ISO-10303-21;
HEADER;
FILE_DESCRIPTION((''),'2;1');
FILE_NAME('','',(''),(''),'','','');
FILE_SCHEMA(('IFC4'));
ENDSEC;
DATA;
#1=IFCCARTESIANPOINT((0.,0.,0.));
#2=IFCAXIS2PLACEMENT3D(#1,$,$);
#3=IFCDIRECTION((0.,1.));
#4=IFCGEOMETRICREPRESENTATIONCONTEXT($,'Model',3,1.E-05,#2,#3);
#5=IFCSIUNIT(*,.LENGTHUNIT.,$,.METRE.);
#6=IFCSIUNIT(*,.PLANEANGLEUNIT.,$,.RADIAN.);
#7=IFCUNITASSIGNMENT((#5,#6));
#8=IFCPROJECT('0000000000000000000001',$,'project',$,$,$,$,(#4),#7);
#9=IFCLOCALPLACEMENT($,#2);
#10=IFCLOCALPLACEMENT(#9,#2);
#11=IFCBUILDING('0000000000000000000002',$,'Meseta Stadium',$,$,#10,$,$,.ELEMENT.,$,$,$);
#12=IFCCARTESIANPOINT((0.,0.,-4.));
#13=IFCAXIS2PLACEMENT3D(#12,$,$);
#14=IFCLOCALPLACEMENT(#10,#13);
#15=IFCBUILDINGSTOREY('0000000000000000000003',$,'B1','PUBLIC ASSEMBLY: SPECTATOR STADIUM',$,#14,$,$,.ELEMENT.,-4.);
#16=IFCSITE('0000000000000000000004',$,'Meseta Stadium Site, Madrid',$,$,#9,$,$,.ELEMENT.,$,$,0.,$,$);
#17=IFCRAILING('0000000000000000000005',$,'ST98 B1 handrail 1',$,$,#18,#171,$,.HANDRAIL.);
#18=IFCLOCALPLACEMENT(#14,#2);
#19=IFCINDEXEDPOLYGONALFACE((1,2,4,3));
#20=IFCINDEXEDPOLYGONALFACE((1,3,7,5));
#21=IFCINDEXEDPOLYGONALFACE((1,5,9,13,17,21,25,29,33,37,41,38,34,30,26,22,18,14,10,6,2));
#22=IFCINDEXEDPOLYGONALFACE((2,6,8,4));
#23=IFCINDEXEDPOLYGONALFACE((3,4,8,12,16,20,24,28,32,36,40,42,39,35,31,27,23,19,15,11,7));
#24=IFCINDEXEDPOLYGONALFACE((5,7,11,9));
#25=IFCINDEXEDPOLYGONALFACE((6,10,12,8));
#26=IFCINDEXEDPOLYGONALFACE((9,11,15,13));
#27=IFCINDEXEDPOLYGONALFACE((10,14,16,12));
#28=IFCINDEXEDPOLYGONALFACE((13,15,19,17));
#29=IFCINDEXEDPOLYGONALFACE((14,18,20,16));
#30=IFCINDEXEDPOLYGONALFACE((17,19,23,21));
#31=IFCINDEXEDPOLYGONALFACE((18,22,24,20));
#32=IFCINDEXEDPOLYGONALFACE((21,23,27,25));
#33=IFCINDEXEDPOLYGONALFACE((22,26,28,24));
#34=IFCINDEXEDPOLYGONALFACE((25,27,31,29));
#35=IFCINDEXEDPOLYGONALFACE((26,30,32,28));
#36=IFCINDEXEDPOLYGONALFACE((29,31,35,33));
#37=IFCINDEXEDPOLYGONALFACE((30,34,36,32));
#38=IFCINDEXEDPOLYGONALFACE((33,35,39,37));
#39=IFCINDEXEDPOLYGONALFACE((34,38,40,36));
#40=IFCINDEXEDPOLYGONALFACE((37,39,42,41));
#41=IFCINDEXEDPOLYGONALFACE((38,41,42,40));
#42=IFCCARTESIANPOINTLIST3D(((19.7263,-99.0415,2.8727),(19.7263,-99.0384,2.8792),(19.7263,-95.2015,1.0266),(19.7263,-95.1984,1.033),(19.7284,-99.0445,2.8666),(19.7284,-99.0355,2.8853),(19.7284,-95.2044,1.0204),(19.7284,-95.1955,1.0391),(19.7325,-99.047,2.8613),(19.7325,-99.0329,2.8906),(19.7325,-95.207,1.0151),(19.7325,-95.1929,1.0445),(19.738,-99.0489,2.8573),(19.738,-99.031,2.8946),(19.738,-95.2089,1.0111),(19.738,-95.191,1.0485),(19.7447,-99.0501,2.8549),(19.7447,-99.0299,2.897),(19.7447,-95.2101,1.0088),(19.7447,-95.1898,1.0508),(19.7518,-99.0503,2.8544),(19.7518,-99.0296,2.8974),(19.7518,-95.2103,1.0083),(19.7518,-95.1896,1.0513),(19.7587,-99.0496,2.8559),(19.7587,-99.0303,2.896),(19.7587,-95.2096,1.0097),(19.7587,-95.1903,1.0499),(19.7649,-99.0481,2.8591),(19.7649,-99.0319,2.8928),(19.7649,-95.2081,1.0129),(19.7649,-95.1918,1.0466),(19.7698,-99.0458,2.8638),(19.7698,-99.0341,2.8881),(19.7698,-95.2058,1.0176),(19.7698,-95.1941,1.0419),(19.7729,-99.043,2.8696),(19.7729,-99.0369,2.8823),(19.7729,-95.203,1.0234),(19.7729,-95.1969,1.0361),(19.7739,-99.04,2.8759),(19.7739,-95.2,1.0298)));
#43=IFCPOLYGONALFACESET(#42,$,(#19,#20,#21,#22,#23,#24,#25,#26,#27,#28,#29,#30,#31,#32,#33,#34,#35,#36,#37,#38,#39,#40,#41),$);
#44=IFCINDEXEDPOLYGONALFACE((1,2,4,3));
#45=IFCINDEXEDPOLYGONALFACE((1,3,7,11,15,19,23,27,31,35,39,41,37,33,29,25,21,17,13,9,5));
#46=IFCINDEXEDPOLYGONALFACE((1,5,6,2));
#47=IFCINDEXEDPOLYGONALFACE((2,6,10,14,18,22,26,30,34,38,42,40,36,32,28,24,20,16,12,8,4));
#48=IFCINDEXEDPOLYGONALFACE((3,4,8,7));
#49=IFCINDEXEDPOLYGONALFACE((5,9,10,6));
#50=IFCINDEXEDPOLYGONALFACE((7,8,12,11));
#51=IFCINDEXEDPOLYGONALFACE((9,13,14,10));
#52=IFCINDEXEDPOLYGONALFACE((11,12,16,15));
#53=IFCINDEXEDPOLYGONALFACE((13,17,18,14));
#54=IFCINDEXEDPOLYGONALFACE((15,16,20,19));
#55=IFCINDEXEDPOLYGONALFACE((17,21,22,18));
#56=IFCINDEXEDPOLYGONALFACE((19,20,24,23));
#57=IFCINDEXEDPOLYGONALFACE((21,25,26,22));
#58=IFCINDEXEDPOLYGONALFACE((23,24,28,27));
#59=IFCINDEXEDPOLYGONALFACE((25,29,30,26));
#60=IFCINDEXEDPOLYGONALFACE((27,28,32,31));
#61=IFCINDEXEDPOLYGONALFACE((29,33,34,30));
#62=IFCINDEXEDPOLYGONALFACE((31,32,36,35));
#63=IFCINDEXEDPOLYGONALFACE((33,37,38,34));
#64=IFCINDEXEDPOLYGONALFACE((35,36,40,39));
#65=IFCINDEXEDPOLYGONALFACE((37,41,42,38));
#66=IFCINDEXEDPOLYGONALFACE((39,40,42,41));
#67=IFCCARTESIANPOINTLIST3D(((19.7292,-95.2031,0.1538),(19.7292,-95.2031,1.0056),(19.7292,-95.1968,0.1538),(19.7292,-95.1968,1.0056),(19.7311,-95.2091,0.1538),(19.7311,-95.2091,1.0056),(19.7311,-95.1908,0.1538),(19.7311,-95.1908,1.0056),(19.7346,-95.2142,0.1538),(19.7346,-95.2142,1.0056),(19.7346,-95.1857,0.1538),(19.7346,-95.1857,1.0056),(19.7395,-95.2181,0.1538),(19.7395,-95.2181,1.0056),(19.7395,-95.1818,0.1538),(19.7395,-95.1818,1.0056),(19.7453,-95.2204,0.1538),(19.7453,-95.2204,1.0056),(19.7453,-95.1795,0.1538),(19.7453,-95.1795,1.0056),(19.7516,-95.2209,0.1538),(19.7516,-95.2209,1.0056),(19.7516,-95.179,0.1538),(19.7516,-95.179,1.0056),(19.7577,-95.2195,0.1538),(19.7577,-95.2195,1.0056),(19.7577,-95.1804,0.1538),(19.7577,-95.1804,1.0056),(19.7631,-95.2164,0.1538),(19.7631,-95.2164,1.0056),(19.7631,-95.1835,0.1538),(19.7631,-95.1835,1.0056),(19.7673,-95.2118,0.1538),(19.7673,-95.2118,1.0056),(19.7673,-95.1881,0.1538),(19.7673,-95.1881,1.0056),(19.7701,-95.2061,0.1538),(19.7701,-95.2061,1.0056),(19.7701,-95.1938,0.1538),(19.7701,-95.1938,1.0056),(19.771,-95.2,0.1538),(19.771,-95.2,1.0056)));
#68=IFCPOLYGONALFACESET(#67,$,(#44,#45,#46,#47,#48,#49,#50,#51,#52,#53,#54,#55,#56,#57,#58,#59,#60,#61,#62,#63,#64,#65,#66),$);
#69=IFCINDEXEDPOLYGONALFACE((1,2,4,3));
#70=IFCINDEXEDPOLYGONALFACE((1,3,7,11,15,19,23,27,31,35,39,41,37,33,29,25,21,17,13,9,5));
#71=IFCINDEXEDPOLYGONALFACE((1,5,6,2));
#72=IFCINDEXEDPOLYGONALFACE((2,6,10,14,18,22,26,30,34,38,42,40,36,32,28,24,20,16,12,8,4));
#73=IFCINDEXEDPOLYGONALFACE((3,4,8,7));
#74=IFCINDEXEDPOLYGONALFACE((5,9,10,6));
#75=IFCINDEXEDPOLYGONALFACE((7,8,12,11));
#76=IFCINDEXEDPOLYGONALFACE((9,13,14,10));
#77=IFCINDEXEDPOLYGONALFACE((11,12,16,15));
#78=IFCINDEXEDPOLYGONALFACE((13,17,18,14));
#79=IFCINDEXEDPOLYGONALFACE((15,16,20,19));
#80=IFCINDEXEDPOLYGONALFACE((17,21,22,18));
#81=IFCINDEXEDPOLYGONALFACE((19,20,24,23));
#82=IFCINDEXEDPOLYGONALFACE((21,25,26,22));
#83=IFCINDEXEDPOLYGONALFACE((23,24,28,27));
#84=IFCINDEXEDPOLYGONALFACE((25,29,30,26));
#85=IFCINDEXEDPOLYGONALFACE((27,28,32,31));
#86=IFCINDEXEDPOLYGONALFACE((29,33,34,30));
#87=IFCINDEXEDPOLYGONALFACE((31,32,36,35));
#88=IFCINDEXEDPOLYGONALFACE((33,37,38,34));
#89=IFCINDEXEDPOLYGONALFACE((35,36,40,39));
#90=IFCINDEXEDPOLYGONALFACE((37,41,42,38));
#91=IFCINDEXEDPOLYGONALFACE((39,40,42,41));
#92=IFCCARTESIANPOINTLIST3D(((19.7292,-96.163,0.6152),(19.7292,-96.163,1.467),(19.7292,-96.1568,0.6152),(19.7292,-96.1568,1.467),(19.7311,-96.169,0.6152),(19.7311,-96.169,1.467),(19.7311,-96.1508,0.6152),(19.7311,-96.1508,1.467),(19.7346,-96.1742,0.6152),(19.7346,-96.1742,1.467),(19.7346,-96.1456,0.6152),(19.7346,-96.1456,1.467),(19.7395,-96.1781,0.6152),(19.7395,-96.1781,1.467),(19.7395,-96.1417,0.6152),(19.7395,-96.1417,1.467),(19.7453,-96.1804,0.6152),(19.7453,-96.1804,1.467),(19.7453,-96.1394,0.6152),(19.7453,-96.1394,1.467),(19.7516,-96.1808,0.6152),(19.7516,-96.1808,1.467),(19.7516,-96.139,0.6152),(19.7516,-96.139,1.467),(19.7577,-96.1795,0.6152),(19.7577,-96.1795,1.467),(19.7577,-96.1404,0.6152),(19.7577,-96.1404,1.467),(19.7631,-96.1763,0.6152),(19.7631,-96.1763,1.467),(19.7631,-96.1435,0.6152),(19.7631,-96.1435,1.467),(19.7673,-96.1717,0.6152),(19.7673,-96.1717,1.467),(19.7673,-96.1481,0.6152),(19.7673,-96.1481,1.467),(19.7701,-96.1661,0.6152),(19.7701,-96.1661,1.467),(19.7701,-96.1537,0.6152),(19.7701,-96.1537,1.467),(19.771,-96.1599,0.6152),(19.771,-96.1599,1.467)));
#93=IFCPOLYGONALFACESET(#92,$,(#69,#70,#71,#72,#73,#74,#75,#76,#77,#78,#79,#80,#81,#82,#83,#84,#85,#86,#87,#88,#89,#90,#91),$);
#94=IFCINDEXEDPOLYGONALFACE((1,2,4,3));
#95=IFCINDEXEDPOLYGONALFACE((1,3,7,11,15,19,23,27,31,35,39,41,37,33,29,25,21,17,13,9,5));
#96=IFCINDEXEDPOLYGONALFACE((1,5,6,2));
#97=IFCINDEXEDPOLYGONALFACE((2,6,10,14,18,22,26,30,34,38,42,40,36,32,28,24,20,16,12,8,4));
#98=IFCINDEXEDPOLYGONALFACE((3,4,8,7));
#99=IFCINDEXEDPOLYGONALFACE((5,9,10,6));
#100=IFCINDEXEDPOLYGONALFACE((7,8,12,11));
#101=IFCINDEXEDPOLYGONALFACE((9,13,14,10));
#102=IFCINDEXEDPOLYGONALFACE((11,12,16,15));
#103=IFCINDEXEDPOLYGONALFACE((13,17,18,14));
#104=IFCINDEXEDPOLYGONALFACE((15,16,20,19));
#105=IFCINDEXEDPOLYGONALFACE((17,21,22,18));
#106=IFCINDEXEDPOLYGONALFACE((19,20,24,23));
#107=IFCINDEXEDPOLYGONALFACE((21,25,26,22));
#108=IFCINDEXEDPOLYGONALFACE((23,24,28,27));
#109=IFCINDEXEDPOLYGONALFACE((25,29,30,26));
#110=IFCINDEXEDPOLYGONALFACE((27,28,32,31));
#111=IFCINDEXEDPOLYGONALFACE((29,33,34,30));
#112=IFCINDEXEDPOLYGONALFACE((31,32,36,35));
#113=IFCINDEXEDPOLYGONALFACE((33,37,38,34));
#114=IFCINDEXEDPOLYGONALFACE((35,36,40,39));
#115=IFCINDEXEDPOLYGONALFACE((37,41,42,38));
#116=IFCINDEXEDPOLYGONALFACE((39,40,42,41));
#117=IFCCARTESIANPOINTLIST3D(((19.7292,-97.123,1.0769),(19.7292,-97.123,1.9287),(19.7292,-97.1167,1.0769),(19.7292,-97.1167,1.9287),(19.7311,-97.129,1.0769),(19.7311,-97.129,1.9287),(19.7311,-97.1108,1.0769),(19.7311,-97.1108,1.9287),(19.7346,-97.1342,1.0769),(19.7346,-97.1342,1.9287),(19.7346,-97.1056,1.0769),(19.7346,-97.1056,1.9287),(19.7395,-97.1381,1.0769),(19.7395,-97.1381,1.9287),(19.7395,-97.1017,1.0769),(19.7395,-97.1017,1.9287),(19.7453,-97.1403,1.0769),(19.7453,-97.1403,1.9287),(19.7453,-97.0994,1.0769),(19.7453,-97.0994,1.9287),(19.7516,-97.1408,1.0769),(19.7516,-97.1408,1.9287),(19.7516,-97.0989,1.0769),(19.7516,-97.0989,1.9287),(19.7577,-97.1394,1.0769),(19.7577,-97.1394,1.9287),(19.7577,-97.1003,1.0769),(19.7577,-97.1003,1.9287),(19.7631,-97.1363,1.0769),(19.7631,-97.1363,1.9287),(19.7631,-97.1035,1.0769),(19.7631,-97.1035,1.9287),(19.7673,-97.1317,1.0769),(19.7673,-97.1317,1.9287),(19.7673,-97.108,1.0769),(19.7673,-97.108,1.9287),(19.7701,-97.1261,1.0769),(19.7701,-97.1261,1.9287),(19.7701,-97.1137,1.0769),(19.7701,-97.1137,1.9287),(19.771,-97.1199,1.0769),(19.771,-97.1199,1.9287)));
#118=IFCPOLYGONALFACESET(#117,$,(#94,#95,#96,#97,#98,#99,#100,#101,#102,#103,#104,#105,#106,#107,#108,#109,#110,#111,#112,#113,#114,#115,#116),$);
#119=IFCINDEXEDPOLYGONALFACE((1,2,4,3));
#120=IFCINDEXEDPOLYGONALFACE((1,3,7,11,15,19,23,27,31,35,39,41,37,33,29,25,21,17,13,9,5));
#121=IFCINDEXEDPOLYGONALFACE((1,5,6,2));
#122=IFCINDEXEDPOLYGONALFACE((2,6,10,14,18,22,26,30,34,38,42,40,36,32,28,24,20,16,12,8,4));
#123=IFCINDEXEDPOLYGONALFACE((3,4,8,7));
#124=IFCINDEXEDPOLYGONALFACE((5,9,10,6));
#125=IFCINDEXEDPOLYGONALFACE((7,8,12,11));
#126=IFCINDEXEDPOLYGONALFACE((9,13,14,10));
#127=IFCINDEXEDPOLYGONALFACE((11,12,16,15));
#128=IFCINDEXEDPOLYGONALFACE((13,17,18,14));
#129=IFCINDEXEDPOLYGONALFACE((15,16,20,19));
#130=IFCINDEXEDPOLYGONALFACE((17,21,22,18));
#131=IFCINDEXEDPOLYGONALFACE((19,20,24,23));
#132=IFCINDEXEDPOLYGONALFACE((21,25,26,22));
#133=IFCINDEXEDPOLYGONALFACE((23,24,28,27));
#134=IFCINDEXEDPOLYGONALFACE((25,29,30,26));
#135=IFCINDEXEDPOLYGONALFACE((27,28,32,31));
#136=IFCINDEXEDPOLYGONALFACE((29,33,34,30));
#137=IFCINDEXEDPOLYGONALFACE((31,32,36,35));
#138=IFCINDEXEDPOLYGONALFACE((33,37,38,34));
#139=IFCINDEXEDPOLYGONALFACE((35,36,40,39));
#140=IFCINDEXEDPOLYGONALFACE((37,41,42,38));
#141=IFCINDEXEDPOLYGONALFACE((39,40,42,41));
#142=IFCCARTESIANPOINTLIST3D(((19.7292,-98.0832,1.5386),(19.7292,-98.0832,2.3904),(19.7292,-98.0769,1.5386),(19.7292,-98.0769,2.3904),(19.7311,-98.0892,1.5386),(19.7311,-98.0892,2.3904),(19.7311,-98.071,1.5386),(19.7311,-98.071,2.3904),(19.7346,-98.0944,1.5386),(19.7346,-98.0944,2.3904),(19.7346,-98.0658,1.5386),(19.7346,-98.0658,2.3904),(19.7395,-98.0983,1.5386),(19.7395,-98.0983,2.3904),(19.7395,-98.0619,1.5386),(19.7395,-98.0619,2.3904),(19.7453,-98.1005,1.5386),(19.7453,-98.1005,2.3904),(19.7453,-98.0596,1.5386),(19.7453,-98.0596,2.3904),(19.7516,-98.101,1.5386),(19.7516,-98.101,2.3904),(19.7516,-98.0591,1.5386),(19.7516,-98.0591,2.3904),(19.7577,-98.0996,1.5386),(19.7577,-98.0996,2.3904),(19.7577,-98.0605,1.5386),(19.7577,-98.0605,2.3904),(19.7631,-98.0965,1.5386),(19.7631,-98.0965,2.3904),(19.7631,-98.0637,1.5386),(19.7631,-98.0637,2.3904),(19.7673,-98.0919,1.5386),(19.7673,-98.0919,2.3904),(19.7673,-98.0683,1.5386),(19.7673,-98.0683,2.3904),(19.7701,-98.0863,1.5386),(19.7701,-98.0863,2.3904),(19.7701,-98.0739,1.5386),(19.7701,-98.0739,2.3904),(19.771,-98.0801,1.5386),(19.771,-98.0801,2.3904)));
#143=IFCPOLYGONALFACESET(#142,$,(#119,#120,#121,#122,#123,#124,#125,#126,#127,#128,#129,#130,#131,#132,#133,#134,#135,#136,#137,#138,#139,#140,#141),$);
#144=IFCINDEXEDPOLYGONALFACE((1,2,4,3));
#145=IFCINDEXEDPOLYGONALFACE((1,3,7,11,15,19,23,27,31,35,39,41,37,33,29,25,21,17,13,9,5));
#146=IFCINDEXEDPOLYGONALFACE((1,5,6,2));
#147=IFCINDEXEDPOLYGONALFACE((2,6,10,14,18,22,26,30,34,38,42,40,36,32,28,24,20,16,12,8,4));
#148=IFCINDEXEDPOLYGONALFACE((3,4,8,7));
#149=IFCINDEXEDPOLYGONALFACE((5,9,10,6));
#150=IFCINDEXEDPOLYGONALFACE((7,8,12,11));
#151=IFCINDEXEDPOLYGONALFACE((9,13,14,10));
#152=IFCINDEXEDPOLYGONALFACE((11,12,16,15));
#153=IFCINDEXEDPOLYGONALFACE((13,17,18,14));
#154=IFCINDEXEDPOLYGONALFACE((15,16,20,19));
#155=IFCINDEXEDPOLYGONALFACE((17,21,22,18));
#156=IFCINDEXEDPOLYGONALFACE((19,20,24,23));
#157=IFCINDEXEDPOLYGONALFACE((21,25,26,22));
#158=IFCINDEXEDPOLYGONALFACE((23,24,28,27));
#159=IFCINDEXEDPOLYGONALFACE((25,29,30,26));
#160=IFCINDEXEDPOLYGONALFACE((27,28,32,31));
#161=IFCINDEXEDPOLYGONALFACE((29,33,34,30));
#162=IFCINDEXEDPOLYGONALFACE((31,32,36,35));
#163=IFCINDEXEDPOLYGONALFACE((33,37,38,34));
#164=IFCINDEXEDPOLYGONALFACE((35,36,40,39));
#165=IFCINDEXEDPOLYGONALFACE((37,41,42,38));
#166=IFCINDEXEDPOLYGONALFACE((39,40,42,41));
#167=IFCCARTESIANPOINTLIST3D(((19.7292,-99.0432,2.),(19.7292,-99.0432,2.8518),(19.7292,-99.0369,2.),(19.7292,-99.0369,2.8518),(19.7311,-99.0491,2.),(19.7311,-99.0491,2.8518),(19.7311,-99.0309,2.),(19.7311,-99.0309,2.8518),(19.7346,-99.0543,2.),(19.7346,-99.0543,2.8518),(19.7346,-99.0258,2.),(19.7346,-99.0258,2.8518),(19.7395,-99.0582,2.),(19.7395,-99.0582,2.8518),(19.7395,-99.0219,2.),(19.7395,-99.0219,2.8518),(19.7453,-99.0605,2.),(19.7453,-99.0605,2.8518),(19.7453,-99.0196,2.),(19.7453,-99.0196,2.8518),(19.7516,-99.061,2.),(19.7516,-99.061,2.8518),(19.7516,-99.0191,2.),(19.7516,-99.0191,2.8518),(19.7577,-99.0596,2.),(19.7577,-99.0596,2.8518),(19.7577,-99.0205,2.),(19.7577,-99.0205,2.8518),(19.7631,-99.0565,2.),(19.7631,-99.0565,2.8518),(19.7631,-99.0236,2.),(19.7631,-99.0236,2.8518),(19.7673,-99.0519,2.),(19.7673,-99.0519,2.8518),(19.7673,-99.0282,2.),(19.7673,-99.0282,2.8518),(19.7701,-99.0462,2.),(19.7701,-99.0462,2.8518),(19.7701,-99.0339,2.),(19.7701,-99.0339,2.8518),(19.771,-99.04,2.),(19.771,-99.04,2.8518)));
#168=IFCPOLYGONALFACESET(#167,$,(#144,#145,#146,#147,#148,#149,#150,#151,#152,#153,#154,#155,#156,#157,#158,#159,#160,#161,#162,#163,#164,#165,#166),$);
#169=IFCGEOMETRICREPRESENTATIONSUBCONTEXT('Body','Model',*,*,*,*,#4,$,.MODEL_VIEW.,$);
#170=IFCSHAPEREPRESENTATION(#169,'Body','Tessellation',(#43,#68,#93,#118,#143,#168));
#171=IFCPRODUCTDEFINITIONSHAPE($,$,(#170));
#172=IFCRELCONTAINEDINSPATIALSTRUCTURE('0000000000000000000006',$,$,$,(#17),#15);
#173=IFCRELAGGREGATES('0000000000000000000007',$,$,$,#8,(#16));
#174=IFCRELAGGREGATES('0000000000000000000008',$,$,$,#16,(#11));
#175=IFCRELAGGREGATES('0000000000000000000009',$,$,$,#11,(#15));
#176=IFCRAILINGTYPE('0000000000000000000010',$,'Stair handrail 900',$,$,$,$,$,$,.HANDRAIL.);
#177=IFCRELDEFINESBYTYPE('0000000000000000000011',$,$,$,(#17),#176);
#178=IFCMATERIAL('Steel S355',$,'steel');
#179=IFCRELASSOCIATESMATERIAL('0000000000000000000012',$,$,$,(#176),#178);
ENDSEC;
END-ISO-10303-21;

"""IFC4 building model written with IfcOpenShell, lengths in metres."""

from ifc_helpers import new_model, si_unit, direction, frame, origin, origin_2d, place, context, subcontext, project, spatial, circle, extrude, material, type_object, element, save


model = new_model("IFC4")

# Units and contexts
model_context = context("Model", 3, precision=1e-05, world=origin(), true_north=direction((0.0, 1.0)))
body_context = subcontext(model_context, "Body", "Model", "MODEL_VIEW")
ifc_project = project(units=[si_unit("LENGTHUNIT", "METRE"), si_unit("PLANEANGLEUNIT", "RADIAN")], contexts=[model_context])

# Site, building, storey
site_placement = place(None, origin())
site = spatial("IfcSite", under=ifc_project, at=site_placement, Name="Meseta Stadium Site, Madrid", CompositionType="ELEMENT", RefElevation=0.0)
building_placement = place(site_placement, origin())
building = spatial("IfcBuilding", under=site, at=building_placement, Name="Meseta Stadium", CompositionType="ELEMENT")
storey_placement = place(building_placement, frame((0.0, 0.0, -4.0)))
storey = spatial("IfcBuildingStorey", under=building, at=storey_placement, Name="B1", Description="PUBLIC ASSEMBLY: SPECTATOR STADIUM", CompositionType="ELEMENT", Elevation=-4.0)

# Railing
ifc_material_1 = material(Name="Steel S355", Category="steel")
railing_type_1 = type_object("IfcRailingType", Name="Stair handrail 900", PredefinedType="HANDRAIL", material=ifc_material_1)
railing_1_placement = place(storey_placement, frame((19.75, -95.2, 0.1538)))
element("IfcRailing", 1, at=railing_1_placement, inside=storey, type_object=railing_type_1, Name="ST98 B1 handrail 1", PredefinedType="HANDRAIL", context=body_context, shape_type="SweptSolid", body=[
    extrude(circle(Radius=0.0239, at=origin_2d()), frame((0.0, 0.0, 0.876), z_axis=(0.0, -0.901253, 0.433294), x_axis=(1.0, 0.0, 0.0)), (0.0, 0.0, 1.0), 4.2607),
    extrude(circle(Radius=0.021, at=origin_2d()), origin(), (0.0, 0.0, 1.0), 0.8518),
    extrude(circle(Radius=0.021, at=origin_2d()), frame((0.0, -0.96, 0.4614)), (0.0, 0.0, 1.0), 0.8518),
    extrude(circle(Radius=0.021, at=origin_2d()), frame((0.0, -1.9199, 0.9231)), (0.0, 0.0, 1.0), 0.8518),
    extrude(circle(Radius=0.021, at=origin_2d()), frame((0.0, -2.8801, 1.3848)), (0.0, 0.0, 1.0), 0.8518),
    extrude(circle(Radius=0.021, at=origin_2d()), frame((0.0, -3.8401, 1.8462)), (0.0, 0.0, 1.0), 0.8518),
])

save(model, "model.ifc")
